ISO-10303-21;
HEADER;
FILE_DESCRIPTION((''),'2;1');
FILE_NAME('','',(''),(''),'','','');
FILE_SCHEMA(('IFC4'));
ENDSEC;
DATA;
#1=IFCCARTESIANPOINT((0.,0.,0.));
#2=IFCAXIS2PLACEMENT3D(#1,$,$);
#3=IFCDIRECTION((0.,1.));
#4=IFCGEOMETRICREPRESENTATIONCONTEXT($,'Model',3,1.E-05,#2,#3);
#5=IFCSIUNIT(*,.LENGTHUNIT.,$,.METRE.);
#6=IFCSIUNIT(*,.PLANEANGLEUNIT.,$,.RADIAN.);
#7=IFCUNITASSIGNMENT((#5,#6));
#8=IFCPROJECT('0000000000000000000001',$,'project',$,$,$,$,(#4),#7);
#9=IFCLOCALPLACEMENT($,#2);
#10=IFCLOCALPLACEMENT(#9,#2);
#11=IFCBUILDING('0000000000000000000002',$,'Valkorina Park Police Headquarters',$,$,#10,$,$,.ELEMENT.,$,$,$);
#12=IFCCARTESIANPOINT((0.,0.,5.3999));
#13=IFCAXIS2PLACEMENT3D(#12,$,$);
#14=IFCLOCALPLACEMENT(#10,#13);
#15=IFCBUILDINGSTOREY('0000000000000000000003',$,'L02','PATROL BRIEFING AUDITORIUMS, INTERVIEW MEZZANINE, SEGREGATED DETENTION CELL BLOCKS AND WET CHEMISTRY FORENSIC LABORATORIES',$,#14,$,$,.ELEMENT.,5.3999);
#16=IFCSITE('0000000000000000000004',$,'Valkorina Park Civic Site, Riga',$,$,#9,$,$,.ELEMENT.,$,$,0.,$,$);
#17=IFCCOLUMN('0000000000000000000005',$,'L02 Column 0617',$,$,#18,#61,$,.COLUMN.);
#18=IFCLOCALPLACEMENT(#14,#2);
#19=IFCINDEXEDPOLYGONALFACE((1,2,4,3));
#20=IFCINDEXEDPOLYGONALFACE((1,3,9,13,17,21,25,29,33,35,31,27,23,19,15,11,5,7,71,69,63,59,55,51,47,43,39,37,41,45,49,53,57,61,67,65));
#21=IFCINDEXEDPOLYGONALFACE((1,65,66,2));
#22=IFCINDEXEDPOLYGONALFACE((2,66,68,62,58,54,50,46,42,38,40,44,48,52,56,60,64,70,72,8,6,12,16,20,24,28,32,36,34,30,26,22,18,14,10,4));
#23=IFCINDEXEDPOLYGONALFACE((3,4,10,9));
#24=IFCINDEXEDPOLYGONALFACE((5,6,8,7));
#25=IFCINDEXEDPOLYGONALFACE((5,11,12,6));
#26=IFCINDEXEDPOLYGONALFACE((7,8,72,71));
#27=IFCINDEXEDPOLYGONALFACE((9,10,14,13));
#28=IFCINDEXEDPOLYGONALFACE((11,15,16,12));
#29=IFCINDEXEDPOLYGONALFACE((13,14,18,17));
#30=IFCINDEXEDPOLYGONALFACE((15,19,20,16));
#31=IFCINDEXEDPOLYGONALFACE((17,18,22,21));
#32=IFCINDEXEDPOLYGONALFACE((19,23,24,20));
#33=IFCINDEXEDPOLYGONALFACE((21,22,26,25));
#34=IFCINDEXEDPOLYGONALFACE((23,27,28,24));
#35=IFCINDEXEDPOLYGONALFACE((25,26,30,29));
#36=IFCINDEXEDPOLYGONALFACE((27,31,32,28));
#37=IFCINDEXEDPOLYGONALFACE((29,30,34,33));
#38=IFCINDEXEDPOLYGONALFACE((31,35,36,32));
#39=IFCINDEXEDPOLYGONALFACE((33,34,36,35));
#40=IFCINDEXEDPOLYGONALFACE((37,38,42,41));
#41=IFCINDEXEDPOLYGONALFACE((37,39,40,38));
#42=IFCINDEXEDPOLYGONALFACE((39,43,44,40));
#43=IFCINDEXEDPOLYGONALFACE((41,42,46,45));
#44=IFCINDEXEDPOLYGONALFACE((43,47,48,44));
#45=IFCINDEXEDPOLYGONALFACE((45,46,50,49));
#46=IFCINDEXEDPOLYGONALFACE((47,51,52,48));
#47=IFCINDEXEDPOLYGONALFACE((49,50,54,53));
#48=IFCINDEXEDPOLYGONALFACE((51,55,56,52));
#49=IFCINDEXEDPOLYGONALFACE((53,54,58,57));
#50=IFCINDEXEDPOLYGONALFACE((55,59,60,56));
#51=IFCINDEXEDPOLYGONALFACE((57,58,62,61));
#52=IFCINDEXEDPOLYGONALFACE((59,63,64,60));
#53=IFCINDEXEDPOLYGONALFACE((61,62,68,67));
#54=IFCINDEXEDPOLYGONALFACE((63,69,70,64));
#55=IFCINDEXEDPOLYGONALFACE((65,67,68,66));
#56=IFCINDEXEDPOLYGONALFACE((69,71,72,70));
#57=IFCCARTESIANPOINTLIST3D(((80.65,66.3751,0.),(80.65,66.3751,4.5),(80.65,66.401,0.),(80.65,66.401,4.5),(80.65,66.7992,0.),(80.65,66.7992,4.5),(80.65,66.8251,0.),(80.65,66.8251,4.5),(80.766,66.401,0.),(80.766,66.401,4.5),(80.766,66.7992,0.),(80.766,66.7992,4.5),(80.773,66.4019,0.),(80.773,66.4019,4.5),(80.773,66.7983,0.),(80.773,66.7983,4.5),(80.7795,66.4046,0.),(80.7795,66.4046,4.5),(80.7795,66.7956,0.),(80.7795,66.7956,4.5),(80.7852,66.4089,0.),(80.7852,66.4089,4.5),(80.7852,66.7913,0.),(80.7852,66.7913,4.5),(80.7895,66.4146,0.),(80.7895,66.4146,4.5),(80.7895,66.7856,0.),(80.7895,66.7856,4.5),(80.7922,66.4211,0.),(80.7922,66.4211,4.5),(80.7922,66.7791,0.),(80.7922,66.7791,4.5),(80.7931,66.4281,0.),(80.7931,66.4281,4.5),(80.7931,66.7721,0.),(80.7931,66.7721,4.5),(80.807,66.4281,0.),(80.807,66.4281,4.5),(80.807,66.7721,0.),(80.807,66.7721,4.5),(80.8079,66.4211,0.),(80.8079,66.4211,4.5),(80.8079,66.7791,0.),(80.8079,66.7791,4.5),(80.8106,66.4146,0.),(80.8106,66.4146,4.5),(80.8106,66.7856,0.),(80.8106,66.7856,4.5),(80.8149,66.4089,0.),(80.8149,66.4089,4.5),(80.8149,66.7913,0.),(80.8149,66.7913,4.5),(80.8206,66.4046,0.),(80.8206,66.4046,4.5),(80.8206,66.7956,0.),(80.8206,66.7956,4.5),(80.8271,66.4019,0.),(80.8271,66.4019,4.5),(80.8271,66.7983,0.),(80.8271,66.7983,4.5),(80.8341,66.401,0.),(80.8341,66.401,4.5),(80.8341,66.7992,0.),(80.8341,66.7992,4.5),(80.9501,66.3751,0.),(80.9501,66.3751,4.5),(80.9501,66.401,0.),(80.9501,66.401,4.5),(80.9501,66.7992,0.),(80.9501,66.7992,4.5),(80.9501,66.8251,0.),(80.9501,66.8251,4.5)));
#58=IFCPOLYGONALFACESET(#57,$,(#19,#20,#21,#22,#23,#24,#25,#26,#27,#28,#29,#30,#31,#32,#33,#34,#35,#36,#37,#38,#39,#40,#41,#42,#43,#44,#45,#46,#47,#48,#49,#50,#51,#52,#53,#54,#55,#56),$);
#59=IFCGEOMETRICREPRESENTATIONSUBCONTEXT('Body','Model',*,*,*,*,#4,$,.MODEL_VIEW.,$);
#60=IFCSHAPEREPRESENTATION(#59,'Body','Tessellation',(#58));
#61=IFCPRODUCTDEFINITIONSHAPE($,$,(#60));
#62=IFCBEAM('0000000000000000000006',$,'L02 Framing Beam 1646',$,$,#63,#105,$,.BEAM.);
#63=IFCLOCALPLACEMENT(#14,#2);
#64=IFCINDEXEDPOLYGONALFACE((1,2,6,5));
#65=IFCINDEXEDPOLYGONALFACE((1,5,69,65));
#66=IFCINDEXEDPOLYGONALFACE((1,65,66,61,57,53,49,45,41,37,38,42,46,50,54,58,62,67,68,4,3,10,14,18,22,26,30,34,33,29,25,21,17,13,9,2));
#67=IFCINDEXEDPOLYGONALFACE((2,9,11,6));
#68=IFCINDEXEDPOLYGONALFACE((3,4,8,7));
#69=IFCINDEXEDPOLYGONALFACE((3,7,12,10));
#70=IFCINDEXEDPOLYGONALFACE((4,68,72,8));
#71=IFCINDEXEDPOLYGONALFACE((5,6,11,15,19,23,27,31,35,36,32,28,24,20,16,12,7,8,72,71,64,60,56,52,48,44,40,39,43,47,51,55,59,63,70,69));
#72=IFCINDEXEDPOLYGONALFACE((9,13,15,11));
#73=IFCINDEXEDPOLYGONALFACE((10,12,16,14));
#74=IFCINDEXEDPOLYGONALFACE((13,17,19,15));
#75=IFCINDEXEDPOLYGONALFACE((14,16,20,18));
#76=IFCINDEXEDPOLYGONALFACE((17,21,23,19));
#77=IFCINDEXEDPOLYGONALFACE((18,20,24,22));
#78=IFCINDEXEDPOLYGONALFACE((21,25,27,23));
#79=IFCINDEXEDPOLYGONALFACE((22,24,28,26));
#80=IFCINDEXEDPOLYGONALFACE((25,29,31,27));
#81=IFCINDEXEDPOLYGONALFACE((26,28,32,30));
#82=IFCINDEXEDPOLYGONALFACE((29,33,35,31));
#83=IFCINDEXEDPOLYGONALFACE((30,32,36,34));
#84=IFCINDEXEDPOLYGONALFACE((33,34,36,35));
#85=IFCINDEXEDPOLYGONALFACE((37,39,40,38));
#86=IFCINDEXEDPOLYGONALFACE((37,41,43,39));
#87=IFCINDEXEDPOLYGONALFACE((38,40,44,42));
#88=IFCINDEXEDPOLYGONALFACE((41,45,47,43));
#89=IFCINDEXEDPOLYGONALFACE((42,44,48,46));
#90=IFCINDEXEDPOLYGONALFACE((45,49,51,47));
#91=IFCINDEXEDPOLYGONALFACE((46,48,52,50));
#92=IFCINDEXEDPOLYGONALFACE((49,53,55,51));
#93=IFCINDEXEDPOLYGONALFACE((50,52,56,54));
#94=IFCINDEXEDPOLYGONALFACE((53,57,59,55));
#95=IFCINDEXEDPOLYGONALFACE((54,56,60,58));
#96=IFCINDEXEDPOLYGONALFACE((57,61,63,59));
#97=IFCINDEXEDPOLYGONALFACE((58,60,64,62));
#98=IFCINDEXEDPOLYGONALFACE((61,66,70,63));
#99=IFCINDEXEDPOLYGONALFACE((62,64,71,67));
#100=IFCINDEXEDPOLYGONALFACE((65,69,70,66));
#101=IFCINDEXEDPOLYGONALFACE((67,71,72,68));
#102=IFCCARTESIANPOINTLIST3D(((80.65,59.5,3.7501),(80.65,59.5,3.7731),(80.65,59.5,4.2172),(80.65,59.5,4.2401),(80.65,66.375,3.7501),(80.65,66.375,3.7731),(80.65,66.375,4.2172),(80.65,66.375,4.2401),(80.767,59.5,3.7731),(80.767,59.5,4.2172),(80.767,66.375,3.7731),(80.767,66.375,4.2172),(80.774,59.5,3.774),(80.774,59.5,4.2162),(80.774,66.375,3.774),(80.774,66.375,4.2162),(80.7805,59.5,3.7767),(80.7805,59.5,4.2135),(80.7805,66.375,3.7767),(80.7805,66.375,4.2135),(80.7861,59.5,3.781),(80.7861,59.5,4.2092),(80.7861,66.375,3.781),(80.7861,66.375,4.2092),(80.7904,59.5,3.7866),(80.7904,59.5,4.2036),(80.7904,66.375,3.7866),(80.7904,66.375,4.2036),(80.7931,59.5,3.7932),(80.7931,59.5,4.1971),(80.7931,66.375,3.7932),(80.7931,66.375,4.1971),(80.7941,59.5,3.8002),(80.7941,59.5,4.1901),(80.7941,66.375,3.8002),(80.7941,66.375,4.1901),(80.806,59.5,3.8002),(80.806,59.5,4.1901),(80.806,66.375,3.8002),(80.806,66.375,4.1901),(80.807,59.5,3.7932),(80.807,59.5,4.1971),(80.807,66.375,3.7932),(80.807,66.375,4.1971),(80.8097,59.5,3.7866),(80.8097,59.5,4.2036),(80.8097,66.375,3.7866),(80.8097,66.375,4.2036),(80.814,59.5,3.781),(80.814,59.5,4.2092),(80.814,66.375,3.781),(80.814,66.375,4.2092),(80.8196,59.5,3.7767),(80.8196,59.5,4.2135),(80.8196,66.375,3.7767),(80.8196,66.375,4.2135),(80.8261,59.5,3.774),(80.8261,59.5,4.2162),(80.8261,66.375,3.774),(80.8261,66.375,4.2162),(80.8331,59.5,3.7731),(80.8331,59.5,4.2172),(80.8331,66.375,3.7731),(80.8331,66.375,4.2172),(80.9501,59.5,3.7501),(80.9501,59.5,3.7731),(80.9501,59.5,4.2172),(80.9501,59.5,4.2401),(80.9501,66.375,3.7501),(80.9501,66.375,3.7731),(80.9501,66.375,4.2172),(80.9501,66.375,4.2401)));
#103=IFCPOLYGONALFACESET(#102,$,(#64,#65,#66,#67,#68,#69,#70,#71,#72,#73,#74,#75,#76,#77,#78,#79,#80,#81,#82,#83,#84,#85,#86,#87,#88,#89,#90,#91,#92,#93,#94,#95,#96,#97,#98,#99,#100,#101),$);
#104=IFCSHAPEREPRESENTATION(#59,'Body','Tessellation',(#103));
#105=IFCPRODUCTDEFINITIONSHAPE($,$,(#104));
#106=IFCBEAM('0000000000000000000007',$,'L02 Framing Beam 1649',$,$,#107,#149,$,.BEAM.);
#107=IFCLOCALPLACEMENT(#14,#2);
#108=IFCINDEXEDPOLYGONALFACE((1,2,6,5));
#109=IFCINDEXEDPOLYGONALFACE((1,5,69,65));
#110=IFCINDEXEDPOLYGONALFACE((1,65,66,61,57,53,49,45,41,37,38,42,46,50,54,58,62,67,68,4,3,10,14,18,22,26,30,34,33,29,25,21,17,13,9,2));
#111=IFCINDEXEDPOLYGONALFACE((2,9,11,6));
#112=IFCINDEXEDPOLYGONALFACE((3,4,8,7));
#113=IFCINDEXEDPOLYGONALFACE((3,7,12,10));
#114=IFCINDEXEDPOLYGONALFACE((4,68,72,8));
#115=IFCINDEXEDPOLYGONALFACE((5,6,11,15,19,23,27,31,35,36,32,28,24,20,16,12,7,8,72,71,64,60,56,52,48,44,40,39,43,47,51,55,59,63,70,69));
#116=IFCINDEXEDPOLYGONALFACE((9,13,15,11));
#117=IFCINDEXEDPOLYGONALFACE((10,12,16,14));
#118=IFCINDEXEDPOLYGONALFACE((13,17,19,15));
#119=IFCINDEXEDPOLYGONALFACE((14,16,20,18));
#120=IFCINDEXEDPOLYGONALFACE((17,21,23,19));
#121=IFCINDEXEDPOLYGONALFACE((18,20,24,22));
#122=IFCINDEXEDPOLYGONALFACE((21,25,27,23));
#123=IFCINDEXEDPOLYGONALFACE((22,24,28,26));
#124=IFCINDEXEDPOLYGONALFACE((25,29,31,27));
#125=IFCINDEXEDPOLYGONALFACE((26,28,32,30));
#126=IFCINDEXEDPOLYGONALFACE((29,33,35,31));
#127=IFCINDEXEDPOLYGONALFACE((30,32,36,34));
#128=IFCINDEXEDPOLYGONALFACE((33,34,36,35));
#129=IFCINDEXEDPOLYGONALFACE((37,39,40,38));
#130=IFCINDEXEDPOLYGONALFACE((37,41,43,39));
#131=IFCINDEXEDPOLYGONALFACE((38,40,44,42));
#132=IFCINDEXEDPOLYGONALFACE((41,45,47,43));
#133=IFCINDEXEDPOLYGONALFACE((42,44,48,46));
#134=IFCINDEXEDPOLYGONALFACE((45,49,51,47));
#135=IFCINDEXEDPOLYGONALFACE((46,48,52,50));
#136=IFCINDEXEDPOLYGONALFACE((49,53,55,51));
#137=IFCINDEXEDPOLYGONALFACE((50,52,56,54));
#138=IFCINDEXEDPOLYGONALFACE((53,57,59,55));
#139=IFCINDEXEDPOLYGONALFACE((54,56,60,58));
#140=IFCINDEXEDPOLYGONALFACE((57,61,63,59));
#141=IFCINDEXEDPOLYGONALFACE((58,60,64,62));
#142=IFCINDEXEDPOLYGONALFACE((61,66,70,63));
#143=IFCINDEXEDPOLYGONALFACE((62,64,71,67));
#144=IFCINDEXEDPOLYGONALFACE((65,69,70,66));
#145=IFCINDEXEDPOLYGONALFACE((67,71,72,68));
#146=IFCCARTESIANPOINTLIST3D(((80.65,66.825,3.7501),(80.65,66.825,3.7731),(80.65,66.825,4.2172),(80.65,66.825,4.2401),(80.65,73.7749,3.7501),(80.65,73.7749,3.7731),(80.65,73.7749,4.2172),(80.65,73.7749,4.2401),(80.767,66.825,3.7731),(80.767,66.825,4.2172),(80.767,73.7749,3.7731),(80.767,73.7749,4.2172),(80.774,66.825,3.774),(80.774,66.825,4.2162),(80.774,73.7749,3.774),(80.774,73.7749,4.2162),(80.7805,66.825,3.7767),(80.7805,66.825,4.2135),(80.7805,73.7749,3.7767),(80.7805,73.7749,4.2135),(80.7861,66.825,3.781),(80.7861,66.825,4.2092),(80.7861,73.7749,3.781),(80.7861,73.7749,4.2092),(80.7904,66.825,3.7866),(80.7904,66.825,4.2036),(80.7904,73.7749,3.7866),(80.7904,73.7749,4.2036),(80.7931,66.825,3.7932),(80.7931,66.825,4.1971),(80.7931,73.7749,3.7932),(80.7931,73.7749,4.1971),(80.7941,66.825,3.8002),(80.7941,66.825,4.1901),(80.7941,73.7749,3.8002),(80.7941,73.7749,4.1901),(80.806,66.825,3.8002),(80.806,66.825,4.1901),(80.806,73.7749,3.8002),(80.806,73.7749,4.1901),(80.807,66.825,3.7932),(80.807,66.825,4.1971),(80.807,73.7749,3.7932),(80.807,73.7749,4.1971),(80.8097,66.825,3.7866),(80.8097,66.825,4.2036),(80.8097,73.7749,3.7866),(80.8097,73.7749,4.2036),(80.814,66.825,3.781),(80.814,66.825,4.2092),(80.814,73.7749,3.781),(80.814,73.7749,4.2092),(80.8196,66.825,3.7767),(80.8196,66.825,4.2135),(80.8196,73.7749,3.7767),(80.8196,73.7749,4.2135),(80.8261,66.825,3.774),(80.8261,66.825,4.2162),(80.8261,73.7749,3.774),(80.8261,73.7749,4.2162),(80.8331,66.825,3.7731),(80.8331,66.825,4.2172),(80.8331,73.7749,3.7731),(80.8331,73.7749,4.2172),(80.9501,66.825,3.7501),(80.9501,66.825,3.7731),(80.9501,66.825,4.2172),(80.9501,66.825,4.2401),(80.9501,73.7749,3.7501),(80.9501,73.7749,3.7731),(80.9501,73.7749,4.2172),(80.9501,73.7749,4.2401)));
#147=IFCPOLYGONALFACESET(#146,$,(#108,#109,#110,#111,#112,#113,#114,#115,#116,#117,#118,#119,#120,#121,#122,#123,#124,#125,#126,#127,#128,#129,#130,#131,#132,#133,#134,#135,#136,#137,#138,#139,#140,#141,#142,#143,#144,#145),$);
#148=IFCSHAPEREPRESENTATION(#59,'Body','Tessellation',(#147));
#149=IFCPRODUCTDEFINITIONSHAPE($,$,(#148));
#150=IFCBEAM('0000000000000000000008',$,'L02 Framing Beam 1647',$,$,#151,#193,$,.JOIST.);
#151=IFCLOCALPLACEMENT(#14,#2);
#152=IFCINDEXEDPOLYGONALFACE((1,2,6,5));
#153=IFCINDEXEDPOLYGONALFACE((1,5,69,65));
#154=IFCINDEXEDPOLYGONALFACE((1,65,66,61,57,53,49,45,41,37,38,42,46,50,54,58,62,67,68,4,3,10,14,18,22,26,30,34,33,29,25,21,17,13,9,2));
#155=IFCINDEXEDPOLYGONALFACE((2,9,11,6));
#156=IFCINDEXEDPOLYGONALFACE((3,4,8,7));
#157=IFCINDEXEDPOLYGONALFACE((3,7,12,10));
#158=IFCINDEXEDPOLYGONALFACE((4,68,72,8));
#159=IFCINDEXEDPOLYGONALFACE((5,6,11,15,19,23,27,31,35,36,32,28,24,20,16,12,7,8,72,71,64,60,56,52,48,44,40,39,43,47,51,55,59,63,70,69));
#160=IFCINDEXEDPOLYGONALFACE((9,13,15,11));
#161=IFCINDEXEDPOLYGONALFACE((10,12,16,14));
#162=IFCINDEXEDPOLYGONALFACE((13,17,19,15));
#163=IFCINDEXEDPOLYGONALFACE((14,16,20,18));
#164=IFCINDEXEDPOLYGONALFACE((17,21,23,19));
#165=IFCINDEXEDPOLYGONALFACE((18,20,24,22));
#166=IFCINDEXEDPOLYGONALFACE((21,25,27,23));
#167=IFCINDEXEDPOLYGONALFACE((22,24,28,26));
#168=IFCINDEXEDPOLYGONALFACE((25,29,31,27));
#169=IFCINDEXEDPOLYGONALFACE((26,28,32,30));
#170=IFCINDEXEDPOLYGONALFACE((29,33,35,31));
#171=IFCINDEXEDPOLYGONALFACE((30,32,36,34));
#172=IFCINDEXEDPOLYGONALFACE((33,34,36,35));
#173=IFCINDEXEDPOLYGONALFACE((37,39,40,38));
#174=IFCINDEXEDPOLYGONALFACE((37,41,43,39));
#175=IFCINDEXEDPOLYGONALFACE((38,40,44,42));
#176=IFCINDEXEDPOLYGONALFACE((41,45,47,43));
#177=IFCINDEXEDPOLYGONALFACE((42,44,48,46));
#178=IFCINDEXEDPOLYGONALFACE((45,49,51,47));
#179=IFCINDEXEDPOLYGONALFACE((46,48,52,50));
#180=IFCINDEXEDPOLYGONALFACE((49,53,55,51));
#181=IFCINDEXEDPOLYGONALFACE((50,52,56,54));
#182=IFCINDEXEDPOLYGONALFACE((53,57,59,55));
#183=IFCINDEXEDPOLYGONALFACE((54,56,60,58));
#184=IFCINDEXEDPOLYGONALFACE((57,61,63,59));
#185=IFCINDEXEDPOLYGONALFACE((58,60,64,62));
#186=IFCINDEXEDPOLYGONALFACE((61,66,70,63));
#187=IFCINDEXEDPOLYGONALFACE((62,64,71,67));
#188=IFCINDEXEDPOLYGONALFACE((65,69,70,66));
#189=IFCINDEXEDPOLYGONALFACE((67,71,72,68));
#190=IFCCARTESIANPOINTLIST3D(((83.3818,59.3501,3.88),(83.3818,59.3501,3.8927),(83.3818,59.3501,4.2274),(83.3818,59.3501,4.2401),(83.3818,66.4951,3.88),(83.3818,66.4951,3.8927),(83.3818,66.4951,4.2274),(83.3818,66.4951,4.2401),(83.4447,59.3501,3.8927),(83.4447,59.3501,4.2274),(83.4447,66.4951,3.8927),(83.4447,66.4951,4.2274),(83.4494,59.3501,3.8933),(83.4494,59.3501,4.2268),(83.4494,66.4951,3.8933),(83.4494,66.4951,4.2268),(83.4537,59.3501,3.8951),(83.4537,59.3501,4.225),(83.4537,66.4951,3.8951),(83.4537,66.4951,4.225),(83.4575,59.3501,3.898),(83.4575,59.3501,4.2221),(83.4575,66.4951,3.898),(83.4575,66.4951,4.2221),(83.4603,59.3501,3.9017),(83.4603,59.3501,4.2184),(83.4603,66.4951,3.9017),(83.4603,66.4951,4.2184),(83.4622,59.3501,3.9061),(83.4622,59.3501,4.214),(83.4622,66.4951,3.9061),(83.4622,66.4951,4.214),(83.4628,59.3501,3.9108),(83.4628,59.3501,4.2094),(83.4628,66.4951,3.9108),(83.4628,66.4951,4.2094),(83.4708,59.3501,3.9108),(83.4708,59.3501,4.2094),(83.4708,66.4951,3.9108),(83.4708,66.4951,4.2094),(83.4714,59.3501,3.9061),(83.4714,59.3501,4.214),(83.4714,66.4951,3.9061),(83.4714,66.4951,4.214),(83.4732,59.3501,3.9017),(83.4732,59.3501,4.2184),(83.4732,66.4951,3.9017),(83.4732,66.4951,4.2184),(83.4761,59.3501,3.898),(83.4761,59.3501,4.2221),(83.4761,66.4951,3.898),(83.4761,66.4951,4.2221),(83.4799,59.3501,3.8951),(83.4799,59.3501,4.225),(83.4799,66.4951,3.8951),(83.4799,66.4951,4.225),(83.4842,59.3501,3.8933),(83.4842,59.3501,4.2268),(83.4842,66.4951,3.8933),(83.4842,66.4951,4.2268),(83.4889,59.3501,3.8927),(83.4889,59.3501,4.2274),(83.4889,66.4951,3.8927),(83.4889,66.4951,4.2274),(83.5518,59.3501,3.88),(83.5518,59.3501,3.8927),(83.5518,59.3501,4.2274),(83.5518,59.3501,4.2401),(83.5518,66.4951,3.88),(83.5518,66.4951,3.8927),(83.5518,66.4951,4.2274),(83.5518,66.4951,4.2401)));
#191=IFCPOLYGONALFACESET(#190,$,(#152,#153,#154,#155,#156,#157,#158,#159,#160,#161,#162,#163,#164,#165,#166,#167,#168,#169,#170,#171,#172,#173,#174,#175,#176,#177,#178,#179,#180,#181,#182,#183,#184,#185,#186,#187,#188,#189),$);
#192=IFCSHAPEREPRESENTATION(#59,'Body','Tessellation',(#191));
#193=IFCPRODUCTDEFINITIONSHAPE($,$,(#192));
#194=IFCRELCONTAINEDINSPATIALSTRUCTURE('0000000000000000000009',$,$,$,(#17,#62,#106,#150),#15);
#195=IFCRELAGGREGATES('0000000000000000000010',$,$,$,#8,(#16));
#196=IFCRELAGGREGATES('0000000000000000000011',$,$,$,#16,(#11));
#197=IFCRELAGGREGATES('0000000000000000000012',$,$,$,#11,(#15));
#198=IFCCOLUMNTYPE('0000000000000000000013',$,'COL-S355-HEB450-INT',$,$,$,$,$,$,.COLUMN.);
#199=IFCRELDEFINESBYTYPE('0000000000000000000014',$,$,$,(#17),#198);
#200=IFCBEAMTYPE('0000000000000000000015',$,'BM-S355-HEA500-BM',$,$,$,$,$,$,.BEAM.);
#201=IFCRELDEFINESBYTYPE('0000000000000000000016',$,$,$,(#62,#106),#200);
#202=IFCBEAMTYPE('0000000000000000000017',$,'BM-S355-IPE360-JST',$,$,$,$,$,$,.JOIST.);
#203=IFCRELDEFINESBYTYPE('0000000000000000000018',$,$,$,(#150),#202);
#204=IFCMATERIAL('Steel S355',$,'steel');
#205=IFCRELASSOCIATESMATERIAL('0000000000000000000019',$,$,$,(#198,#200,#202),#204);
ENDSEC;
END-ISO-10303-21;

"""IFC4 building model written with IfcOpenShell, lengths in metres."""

from ifc_helpers import new_model, si_unit, direction, frame, origin, origin_2d, place, context, subcontext, project, spatial, i_section, extrude, material, material_profile, profile_set, type_object, element, save


model = new_model("IFC4")

# Units and contexts
model_context = context("Model", 3, precision=1e-05, world=origin(), true_north=direction((0.0, 1.0)))
body_context = subcontext(model_context, "Body", "Model", "MODEL_VIEW")
ifc_project = project(units=[si_unit("LENGTHUNIT", "METRE"), si_unit("PLANEANGLEUNIT", "RADIAN")], contexts=[model_context])

# Site, building, storey
site_placement = place(None, origin())
site = spatial("IfcSite", under=ifc_project, at=site_placement, Name="Valkorina Park Civic Site, Riga", CompositionType="ELEMENT", RefElevation=0.0)
building_placement = place(site_placement, origin())
building = spatial("IfcBuilding", under=site, at=building_placement, Name="Valkorina Park Police Headquarters", CompositionType="ELEMENT")
storey_placement = place(building_placement, frame((0.0, 0.0, 5.3999)))
storey = spatial("IfcBuildingStorey", under=building, at=storey_placement, Name="L02", Description="PATROL BRIEFING AUDITORIUMS, INTERVIEW MEZZANINE, SEGREGATED DETENTION CELL BLOCKS AND WET CHEMISTRY FORENSIC LABORATORIES", CompositionType="ELEMENT", Elevation=5.3999)

# Column
ifc_material_1 = material(Name="Steel S355", Category="steel")
ifc_material_profile_1 = material_profile(ifc_material_1, i_section(OverallWidth=0.3, OverallDepth=0.45, WebThickness=0.0139, FlangeThickness=0.0259, FilletRadius=0.0271, at=origin_2d()), Name="HEB 450")
ifc_profile_set_1 = profile_set([ifc_material_profile_1], Name="Steel S355")
column_type = type_object("IfcColumnType", Name="COL-S355-HEB450-INT", PredefinedType="COLUMN", material=ifc_profile_set_1)
column_placement = place(storey_placement, frame((80.8, 66.6001, 0.0), z_axis=(0.0, 0.0, 1.0), x_axis=(1.0, 0.0, 0.0)))
element("IfcColumn", 1, at=column_placement, inside=storey, type_object=column_type, Name="L02 Column 0617", PredefinedType="COLUMN", context=body_context, shape_type="SweptSolid", body=[
    extrude(i_section(OverallWidth=0.3, OverallDepth=0.45, WebThickness=0.0139, FlangeThickness=0.0259, FilletRadius=0.0271, at=origin_2d()), origin(), (0.0, 0.0, 1.0), 4.5),
])

# Beams
ifc_material_profile_2 = material_profile(ifc_material_1, i_section(OverallWidth=0.3, OverallDepth=0.49, WebThickness=0.012, FlangeThickness=0.0229, FilletRadius=0.0271, at=origin_2d()), Name="HEA 500")
ifc_profile_set_2 = profile_set([ifc_material_profile_2], Name="Steel S355")
beam_type_1 = type_object("IfcBeamType", Name="BM-S355-HEA500-BM", PredefinedType="BEAM", material=ifc_profile_set_2)
beam_1_placement = place(storey_placement, frame((80.8, 59.5, 3.9951), z_axis=(0.0, 1.0, 0.0), x_axis=(-1.0, 0.0, 0.0)))
element("IfcBeam", 2, at=beam_1_placement, inside=storey, type_object=beam_type_1, Name="L02 Framing Beam 1646", PredefinedType="BEAM", context=body_context, shape_type="SweptSolid", body=[
    extrude(i_section(OverallWidth=0.3, OverallDepth=0.49, WebThickness=0.012, FlangeThickness=0.0229, FilletRadius=0.0271, at=origin_2d()), origin(), (0.0, 0.0, 1.0), 6.875),
])
beam_2_placement = place(storey_placement, frame((80.8, 66.825, 3.9951), z_axis=(0.0, 1.0, 0.0), x_axis=(-1.0, 0.0, 0.0)))
element("IfcBeam", 3, at=beam_2_placement, inside=storey, type_object=beam_type_1, Name="L02 Framing Beam 1649", PredefinedType="BEAM", context=body_context, shape_type="SweptSolid", body=[
    extrude(i_section(OverallWidth=0.3, OverallDepth=0.49, WebThickness=0.012, FlangeThickness=0.0229, FilletRadius=0.0271, at=origin_2d()), origin(), (0.0, 0.0, 1.0), 6.95),
])
ifc_material_profile_3 = material_profile(ifc_material_1, i_section(OverallWidth=0.1699, OverallDepth=0.3601, WebThickness=0.0081, FlangeThickness=0.0127, FilletRadius=0.0181, at=origin_2d()), Name="IPE 360")
ifc_profile_set_3 = profile_set([ifc_material_profile_3], Name="Steel S355")
beam_type_2 = type_object("IfcBeamType", Name="BM-S355-IPE360-JST", PredefinedType="JOIST", material=ifc_profile_set_3)
for number, where, z_axis, x_axis, name in (
    (4, (83.4668, 59.3501, 4.0601), (0.0, 1.0, 0.0), (-1.0, 0.0, 0.0), "L02 Framing Beam 1647"),
):
    element("IfcBeam", number, at=place(storey_placement, frame(where, z_axis=z_axis, x_axis=x_axis)), inside=storey, type_object=beam_type_2, Name=name, PredefinedType="JOIST", context=body_context, shape_type="SweptSolid", body=[
        extrude(i_section(OverallWidth=0.1699, OverallDepth=0.3601, WebThickness=0.0081, FlangeThickness=0.0127, FilletRadius=0.0181, at=origin_2d()), origin(), (0.0, 0.0, 1.0), 7.145),
    ])

save(model, "model.ifc")
